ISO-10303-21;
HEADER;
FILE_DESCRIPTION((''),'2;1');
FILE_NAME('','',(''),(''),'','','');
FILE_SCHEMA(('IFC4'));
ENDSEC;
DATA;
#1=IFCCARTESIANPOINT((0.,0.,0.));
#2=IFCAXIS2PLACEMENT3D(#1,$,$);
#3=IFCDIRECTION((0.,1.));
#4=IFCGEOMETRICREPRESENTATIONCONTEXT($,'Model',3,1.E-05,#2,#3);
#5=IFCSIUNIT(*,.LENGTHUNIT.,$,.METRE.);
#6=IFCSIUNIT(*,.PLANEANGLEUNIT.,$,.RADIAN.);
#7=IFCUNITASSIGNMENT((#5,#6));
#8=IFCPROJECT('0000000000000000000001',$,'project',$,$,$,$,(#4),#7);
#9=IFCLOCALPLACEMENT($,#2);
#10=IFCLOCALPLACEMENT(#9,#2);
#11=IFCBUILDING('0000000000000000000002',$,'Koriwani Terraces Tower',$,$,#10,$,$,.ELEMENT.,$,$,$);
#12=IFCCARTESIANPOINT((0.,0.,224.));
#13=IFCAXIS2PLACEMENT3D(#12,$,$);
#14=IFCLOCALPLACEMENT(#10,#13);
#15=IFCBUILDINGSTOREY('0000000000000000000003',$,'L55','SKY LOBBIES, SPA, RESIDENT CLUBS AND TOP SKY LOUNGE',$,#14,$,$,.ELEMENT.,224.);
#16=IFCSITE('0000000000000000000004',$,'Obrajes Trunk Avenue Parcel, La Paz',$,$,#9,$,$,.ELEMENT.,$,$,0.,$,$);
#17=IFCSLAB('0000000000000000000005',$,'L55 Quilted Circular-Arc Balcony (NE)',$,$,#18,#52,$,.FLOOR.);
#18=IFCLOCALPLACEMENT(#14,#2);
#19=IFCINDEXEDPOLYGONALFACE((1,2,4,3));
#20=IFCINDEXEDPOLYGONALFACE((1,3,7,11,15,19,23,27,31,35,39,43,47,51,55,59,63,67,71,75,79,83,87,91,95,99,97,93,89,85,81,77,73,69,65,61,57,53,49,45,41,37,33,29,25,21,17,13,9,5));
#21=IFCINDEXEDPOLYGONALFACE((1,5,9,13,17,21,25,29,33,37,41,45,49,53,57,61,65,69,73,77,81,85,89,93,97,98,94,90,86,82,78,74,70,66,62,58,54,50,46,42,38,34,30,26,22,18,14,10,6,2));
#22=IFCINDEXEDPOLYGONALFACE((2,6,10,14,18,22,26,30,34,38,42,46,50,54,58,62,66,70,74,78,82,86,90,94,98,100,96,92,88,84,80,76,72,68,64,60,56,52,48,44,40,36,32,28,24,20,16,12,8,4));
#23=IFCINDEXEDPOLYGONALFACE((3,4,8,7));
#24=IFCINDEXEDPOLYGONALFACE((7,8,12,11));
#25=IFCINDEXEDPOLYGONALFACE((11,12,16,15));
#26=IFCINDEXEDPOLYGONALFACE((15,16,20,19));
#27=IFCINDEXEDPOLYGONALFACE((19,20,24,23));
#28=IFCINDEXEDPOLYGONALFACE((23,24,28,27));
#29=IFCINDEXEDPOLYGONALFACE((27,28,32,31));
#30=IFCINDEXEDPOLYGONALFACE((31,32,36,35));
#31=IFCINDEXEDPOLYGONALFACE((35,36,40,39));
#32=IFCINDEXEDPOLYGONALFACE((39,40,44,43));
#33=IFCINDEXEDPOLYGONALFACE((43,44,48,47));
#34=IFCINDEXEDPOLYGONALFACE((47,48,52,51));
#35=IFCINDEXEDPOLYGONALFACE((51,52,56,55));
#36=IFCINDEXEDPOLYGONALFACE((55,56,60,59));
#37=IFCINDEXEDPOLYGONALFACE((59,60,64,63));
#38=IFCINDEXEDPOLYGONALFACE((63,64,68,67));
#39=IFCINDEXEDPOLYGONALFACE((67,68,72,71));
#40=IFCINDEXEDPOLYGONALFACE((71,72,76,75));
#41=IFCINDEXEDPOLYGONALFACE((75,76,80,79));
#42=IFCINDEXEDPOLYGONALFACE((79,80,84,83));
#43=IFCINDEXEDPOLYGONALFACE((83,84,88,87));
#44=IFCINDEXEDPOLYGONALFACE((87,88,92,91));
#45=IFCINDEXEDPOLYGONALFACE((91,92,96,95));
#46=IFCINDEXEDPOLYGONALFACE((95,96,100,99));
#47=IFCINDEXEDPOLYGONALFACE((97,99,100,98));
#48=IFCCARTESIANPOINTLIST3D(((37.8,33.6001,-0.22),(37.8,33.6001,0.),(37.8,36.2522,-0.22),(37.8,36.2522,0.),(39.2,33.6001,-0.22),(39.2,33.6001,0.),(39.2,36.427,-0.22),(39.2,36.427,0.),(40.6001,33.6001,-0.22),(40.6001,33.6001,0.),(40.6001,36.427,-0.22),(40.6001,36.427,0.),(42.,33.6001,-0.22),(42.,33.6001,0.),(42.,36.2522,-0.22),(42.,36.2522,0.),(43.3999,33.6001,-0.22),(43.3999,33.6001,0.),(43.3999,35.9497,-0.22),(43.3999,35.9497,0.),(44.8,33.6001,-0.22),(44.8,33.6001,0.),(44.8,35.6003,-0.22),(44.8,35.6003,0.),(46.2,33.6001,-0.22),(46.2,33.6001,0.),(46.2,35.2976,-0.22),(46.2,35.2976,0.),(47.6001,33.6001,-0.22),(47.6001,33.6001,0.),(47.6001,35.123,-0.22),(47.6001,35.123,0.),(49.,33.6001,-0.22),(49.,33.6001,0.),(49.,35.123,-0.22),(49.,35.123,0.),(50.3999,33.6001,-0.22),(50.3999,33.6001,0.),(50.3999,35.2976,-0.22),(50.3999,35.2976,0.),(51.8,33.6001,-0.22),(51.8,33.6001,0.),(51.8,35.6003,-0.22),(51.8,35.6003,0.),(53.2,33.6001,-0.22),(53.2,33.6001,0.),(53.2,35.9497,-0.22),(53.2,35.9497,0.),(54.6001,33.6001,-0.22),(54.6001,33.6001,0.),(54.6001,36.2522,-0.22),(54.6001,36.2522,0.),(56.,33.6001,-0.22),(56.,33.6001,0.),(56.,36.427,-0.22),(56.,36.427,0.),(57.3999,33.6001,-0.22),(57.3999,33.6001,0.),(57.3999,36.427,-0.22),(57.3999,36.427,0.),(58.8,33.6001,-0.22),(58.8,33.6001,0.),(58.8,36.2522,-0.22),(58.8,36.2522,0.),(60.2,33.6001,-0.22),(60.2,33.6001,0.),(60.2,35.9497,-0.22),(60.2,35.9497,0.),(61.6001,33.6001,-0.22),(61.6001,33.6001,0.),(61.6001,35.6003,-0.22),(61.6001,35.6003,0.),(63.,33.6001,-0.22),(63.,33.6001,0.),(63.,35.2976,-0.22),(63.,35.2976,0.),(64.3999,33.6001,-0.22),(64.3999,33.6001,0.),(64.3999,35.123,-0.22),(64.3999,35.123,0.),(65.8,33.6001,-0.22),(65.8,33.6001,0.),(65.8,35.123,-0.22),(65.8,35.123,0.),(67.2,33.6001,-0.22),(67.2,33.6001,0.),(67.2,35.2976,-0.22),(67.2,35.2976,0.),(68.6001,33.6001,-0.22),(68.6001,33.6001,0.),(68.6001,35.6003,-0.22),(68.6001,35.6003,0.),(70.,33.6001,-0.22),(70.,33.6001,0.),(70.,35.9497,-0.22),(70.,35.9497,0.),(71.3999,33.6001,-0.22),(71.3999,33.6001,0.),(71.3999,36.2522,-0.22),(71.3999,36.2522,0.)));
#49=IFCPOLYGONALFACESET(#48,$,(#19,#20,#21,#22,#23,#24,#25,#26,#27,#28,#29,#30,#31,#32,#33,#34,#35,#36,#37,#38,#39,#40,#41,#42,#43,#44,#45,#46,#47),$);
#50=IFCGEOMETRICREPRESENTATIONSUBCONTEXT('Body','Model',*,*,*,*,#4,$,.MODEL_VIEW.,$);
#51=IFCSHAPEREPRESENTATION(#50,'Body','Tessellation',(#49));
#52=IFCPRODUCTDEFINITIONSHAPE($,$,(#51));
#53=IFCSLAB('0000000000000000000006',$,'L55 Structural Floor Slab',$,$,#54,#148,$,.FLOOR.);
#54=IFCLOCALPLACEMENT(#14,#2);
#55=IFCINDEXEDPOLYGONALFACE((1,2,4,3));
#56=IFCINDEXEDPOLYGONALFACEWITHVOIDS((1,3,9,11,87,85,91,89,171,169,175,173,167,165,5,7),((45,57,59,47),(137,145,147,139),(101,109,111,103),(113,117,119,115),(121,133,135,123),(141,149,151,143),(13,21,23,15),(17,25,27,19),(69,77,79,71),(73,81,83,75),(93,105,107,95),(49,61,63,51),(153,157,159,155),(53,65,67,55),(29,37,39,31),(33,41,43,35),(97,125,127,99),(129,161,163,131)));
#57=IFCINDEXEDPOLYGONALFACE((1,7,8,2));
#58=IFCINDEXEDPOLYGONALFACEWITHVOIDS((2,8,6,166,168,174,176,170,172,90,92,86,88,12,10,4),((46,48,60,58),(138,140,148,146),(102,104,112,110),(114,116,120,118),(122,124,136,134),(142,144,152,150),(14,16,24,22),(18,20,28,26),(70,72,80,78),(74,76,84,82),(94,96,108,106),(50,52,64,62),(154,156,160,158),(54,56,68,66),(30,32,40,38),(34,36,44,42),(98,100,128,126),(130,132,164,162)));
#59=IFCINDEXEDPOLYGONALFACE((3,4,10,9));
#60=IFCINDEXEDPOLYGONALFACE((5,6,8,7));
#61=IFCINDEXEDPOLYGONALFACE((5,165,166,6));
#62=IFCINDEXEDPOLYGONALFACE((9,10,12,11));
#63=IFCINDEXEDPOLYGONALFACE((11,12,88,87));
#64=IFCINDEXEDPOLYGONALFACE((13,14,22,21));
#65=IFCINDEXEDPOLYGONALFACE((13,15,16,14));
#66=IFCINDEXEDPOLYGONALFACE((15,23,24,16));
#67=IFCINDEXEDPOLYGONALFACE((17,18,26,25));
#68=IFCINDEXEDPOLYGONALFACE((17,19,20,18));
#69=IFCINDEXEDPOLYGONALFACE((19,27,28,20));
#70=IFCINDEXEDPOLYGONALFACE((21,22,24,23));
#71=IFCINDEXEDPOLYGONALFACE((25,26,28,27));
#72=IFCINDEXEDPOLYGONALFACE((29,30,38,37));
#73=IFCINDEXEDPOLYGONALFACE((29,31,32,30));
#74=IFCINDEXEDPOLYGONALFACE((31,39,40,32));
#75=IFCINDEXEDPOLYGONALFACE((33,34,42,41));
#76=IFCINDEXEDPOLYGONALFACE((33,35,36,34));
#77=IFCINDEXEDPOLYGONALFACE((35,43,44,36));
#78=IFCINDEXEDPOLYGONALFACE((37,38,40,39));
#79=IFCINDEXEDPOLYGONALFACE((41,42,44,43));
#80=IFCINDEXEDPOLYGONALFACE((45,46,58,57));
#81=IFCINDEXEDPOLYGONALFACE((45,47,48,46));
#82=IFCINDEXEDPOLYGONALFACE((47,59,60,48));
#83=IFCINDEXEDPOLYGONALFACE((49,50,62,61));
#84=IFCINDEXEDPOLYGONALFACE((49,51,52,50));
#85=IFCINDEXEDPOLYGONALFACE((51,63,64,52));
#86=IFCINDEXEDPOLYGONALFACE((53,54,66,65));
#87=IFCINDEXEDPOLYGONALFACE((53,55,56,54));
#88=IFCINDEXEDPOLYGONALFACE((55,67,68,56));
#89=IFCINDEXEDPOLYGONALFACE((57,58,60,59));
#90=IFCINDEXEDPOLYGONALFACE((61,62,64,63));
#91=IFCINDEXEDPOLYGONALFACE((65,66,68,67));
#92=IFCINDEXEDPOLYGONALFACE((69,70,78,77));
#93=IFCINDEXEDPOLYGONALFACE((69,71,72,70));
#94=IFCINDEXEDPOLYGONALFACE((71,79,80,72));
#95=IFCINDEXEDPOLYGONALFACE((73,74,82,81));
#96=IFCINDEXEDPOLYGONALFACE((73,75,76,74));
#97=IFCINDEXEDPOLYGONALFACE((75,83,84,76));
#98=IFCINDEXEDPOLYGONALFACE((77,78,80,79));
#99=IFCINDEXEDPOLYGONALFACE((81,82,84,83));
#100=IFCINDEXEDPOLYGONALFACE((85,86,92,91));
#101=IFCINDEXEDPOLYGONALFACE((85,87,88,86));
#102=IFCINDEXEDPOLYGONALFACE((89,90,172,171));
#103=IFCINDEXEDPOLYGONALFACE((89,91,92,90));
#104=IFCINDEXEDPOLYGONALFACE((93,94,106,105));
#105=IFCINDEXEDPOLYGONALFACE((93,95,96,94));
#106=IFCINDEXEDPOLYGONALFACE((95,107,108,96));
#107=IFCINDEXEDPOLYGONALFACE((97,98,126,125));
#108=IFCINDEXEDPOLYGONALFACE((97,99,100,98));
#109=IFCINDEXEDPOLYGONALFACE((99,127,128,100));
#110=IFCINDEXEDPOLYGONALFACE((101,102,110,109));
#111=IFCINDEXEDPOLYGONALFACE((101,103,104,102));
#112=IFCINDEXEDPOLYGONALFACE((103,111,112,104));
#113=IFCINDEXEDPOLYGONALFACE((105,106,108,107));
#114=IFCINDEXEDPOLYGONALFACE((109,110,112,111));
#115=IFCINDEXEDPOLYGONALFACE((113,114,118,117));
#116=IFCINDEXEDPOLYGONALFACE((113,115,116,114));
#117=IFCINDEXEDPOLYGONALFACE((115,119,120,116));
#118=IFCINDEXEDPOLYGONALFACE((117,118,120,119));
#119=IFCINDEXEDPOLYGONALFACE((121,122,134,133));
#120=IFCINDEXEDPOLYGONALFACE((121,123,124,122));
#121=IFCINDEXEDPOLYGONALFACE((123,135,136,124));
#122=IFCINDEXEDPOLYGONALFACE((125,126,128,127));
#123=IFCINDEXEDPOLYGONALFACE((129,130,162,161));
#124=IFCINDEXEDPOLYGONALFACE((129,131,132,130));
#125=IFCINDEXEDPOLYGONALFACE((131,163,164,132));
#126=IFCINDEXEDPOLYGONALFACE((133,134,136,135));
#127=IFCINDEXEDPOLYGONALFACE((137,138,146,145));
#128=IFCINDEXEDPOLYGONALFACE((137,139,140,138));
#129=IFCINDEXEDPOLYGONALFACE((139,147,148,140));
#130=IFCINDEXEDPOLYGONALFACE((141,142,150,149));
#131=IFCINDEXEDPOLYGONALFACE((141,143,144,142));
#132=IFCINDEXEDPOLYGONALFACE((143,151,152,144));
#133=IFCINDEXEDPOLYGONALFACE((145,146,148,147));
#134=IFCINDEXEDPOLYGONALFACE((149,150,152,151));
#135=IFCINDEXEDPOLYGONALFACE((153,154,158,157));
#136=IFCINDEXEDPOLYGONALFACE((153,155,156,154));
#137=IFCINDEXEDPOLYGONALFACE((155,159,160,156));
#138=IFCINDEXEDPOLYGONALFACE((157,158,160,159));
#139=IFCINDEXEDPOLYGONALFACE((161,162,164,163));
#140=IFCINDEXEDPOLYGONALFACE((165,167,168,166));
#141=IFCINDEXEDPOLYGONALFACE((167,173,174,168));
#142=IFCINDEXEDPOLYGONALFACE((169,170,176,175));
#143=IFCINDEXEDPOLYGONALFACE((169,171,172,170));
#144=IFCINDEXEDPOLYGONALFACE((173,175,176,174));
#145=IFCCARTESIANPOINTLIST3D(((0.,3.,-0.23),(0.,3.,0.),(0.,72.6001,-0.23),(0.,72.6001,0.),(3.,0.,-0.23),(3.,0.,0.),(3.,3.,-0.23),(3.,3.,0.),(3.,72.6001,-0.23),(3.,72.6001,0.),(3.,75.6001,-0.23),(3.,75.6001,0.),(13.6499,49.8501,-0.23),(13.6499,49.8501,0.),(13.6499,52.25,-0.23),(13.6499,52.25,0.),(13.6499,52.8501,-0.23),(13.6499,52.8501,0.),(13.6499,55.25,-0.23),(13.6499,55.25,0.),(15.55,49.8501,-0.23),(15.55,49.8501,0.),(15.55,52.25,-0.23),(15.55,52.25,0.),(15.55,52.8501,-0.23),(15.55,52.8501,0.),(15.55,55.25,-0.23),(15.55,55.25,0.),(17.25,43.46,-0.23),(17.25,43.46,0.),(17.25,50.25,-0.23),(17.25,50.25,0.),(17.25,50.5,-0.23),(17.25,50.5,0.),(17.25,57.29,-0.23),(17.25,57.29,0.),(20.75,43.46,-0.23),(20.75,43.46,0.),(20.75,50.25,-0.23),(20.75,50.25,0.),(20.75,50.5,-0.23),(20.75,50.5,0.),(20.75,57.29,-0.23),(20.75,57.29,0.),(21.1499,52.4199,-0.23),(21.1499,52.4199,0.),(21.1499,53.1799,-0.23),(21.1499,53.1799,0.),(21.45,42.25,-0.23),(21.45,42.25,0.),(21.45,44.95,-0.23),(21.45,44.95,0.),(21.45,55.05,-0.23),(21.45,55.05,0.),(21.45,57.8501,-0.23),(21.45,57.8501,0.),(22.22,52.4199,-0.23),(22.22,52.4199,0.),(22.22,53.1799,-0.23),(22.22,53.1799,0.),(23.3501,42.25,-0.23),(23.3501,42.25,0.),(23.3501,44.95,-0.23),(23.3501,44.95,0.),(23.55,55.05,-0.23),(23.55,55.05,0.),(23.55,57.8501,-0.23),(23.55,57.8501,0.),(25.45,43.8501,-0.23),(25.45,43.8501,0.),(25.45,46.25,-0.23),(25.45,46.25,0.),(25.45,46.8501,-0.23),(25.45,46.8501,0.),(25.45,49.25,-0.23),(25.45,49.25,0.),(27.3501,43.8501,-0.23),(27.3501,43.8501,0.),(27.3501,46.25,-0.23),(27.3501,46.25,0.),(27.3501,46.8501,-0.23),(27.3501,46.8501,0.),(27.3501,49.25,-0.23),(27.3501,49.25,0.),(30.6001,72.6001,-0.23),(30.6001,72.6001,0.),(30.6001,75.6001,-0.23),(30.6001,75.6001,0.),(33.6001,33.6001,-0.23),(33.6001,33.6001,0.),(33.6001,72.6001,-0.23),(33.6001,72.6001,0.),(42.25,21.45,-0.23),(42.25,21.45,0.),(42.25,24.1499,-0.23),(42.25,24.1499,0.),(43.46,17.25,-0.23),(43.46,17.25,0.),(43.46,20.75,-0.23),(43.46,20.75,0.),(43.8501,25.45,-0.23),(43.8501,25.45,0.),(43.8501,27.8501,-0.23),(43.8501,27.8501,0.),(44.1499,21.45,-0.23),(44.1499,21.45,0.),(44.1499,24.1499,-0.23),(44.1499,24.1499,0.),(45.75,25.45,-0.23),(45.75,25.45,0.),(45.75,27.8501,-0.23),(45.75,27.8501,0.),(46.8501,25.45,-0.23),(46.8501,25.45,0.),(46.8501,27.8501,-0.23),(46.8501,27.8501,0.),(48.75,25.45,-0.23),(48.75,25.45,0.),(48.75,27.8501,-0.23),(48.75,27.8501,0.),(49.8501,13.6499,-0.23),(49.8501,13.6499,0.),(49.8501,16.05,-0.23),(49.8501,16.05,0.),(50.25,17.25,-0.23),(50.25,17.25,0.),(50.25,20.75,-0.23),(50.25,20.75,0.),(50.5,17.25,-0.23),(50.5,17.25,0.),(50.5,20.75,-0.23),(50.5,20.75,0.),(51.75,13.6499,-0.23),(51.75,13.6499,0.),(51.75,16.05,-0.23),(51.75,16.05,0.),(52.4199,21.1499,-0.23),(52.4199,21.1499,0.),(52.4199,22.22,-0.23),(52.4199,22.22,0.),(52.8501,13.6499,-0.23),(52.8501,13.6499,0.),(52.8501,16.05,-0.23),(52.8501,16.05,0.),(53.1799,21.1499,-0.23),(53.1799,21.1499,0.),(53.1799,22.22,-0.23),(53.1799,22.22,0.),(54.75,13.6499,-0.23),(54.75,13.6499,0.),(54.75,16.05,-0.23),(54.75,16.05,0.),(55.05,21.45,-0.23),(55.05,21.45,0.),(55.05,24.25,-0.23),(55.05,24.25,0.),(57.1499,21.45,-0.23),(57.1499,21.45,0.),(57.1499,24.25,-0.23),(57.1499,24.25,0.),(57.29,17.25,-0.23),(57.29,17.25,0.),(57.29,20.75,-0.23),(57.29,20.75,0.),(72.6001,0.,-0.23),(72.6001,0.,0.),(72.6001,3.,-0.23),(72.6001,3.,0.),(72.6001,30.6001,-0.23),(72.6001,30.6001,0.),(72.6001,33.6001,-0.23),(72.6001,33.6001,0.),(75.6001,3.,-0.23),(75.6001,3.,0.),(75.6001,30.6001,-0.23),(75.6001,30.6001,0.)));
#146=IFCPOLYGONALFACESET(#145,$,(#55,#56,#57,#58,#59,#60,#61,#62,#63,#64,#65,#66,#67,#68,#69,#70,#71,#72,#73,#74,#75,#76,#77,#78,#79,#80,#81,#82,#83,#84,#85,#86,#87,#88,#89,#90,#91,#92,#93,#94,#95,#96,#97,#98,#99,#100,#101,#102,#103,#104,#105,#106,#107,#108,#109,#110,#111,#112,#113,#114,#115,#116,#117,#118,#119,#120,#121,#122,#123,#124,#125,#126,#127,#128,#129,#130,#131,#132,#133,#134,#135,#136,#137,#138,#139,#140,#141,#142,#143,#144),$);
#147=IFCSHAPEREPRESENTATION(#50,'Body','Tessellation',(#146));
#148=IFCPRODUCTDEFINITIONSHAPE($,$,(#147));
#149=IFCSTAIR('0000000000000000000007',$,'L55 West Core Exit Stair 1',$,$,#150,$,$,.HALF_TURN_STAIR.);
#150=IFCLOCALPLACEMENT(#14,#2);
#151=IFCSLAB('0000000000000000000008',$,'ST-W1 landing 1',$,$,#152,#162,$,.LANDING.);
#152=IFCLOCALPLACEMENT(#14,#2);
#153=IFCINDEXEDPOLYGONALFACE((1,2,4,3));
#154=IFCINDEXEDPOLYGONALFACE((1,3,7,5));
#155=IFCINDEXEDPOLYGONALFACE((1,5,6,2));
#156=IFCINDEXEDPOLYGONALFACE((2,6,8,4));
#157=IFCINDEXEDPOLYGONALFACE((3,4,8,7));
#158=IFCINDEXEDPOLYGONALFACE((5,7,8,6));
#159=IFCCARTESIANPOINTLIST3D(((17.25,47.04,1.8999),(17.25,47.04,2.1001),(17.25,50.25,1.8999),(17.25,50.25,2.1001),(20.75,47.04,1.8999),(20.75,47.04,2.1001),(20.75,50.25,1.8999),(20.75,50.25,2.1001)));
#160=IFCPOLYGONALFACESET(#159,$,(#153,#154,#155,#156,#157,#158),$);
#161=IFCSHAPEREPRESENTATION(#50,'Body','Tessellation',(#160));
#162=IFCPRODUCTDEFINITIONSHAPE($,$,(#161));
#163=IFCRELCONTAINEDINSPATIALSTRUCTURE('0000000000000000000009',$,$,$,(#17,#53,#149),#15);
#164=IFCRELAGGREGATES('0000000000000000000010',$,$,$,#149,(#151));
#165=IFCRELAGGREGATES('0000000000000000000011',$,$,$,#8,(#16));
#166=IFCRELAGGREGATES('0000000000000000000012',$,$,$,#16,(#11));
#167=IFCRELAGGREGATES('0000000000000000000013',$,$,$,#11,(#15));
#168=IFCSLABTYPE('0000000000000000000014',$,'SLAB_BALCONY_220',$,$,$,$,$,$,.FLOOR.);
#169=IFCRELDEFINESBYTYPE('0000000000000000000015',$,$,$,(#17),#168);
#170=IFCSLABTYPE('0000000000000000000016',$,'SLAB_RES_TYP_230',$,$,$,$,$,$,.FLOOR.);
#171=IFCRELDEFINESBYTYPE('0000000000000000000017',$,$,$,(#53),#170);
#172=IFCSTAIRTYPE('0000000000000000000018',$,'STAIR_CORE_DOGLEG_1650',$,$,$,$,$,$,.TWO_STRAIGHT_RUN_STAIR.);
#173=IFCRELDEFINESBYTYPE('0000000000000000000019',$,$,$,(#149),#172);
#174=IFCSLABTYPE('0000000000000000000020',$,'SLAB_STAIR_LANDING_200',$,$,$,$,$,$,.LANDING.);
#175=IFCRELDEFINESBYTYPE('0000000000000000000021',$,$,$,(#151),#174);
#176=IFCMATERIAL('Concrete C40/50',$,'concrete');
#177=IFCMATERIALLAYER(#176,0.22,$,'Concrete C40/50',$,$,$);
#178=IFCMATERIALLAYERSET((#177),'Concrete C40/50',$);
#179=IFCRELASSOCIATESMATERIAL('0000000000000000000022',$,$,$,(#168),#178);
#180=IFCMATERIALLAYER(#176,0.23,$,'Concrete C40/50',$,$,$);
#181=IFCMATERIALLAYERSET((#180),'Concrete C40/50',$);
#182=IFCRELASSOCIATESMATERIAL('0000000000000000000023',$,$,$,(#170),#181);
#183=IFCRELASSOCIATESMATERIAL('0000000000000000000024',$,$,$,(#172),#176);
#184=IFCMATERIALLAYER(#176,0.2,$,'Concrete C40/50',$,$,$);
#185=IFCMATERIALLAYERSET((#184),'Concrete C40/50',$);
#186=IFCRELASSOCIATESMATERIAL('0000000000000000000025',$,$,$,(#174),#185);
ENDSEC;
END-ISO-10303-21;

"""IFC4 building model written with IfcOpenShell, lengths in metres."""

from ifc_helpers import new_model, si_unit, direction, frame, origin, place, context, subcontext, project, spatial, polyline, outline, extrude, material, layer, layer_set, type_object, element, aggregate, save


model = new_model("IFC4")

# Units and contexts
model_context = context("Model", 3, precision=1e-05, world=origin(), true_north=direction((0.0, 1.0)))
body_context = subcontext(model_context, "Body", "Model", "MODEL_VIEW")
ifc_project = project(units=[si_unit("LENGTHUNIT", "METRE"), si_unit("PLANEANGLEUNIT", "RADIAN")], contexts=[model_context])

# Site, building, storey
site_placement = place(None, origin())
site = spatial("IfcSite", under=ifc_project, at=site_placement, Name="Obrajes Trunk Avenue Parcel, La Paz", CompositionType="ELEMENT", RefElevation=0.0)
building_placement = place(site_placement, origin())
building = spatial("IfcBuilding", under=site, at=building_placement, Name="Koriwani Terraces Tower", CompositionType="ELEMENT")
storey_placement = place(building_placement, frame((0.0, 0.0, 224.0)))
storey = spatial("IfcBuildingStorey", under=building, at=storey_placement, Name="L55", Description="SKY LOBBIES, SPA, RESIDENT CLUBS AND TOP SKY LOUNGE", CompositionType="ELEMENT", Elevation=224.0)

# Shared definitions
ifc_material_1 = material(Name="Concrete C40/50", Category="concrete")

# Slabs
ifc_layer_1 = layer(ifc_material_1, 0.22, Name="Concrete C40/50")
ifc_layer_set_1 = layer_set([ifc_layer_1], Name="Concrete C40/50")
slab_type_1 = type_object("IfcSlabType", Name="SLAB_BALCONY_220", PredefinedType="FLOOR", material=ifc_layer_set_1)
slab_1_placement = place(storey_placement, frame((0.0, 0.0, -0.22)))
element("IfcSlab", 1, at=slab_1_placement, inside=storey, type_object=slab_type_1, Name="L55 Quilted Circular-Arc Balcony (NE)", PredefinedType="FLOOR", context=body_context, shape_type="SweptSolid", body=[
    extrude(outline(polyline([(71.3999, 33.6001), (70.0, 33.6001), (68.6001, 33.6001), (67.2, 33.6001), (65.8, 33.6001), (64.3999, 33.6001), (63.0, 33.6001), (61.6001, 33.6001), (60.2, 33.6001), (58.8, 33.6001), (57.3999, 33.6001), (56.0, 33.6001), (54.6001, 33.6001), (53.2, 33.6001), (51.8, 33.6001), (50.3999, 33.6001), (49.0, 33.6001), (47.6001, 33.6001), (46.2, 33.6001), (44.8, 33.6001), (43.3999, 33.6001), (42.0, 33.6001), (40.6001, 33.6001), (39.2, 33.6001), (37.8, 33.6001), (37.8, 36.2522), (39.2, 36.427), (40.6001, 36.427), (42.0, 36.2522), (43.3999, 35.9497), (44.8, 35.6003), (46.2, 35.2976), (47.6001, 35.123), (49.0, 35.123), (50.3999, 35.2976), (51.8, 35.6003), (53.2, 35.9497), (54.6001, 36.2522), (56.0, 36.427), (57.3999, 36.427), (58.8, 36.2522), (60.2, 35.9497), (61.6001, 35.6003), (63.0, 35.2976), (64.3999, 35.123), (65.8, 35.123), (67.2, 35.2976), (68.6001, 35.6003), (70.0, 35.9497), (71.3999, 36.2522), (71.3999, 33.6001)])), origin(), (0.0, 0.0, 1.0), 0.22),
])
ifc_layer_2 = layer(ifc_material_1, 0.23, Name="Concrete C40/50")
ifc_layer_set_2 = layer_set([ifc_layer_2], Name="Concrete C40/50")
slab_type_2 = type_object("IfcSlabType", Name="SLAB_RES_TYP_230", PredefinedType="FLOOR", material=ifc_layer_set_2)
slab_2_placement = place(storey_placement, frame((0.0, 0.0, -0.23)))
element("IfcSlab", 2, at=slab_2_placement, inside=storey, type_object=slab_type_2, Name="L55 Structural Floor Slab", PredefinedType="FLOOR", context=body_context, shape_type="SweptSolid", body=[
    extrude(outline(polyline([(3.0, 0.0), (72.6001, 0.0), (72.6001, 3.0), (75.6001, 3.0), (75.6001, 30.6001), (72.6001, 30.6001), (72.6001, 33.6001), (33.6001, 33.6001), (33.6001, 72.6001), (30.6001, 72.6001), (30.6001, 75.6001), (3.0, 75.6001), (3.0, 72.6001), (0.0, 72.6001), (0.0, 3.0), (3.0, 3.0), (3.0, 0.0)]), holes=[polyline([(17.25, 43.46), (20.75, 43.46), (20.75, 50.25), (17.25, 50.25), (17.25, 43.46)]), polyline([(17.25, 50.5), (20.75, 50.5), (20.75, 57.29), (17.25, 57.29), (17.25, 50.5)]), polyline([(43.46, 17.25), (50.25, 17.25), (50.25, 20.75), (43.46, 20.75), (43.46, 17.25)]), polyline([(50.5, 17.25), (57.29, 17.25), (57.29, 20.75), (50.5, 20.75), (50.5, 17.25)]), polyline([(13.6499, 49.8501), (15.55, 49.8501), (15.55, 52.25), (13.6499, 52.25), (13.6499, 49.8501)]), polyline([(13.6499, 52.8501), (15.55, 52.8501), (15.55, 55.25), (13.6499, 55.25), (13.6499, 52.8501)]), polyline([(49.8501, 13.6499), (51.75, 13.6499), (51.75, 16.05), (49.8501, 16.05), (49.8501, 13.6499)]), polyline([(52.8501, 13.6499), (54.75, 13.6499), (54.75, 16.05), (52.8501, 16.05), (52.8501, 13.6499)]), polyline([(25.45, 43.8501), (27.3501, 43.8501), (27.3501, 46.25), (25.45, 46.25), (25.45, 43.8501)]), polyline([(25.45, 46.8501), (27.3501, 46.8501), (27.3501, 49.25), (25.45, 49.25), (25.45, 46.8501)]), polyline([(43.8501, 25.45), (45.75, 25.45), (45.75, 27.8501), (43.8501, 27.8501), (43.8501, 25.45)]), polyline([(46.8501, 25.45), (48.75, 25.45), (48.75, 27.8501), (46.8501, 27.8501), (46.8501, 25.45)]), polyline([(21.45, 55.05), (23.55, 55.05), (23.55, 57.8501), (21.45, 57.8501), (21.45, 55.05)]), polyline([(55.05, 21.45), (57.1499, 21.45), (57.1499, 24.25), (55.05, 24.25), (55.05, 21.45)]), polyline([(21.45, 42.25), (23.3501, 42.25), (23.3501, 44.95), (21.45, 44.95), (21.45, 42.25)]), polyline([(42.25, 21.45), (44.1499, 21.45), (44.1499, 24.1499), (42.25, 24.1499), (42.25, 21.45)]), polyline([(21.1499, 52.4199), (22.22, 52.4199), (22.22, 53.1799), (21.1499, 53.1799), (21.1499, 52.4199)]), polyline([(52.4199, 21.1499), (53.1799, 21.1499), (53.1799, 22.22), (52.4199, 22.22), (52.4199, 21.1499)])]), origin(), (0.0, 0.0, 1.0), 0.23),
])

# Stair, slab
stair_type = type_object("IfcStairType", Name="STAIR_CORE_DOGLEG_1650", PredefinedType="TWO_STRAIGHT_RUN_STAIR", material=ifc_material_1)
stair_1_placement = place(storey_placement, origin())
stair_1 = element("IfcStair", 3, at=stair_1_placement, inside=storey, type_object=stair_type, Name="L55 West Core Exit Stair 1", PredefinedType="HALF_TURN_STAIR")
ifc_layer_3 = layer(ifc_material_1, 0.2, Name="Concrete C40/50")
ifc_layer_set_3 = layer_set([ifc_layer_3], Name="Concrete C40/50")
slab_type_3 = type_object("IfcSlabType", Name="SLAB_STAIR_LANDING_200", PredefinedType="LANDING", material=ifc_layer_set_3)
slab_3_placement = place(storey_placement, frame((0.0, 0.0, 1.8999)))
slab_3 = element("IfcSlab", 4, at=slab_3_placement, type_object=slab_type_3, Name="ST-W1 landing 1", PredefinedType="LANDING", context=body_context, shape_type="SweptSolid", body=[
    extrude(outline(polyline([(20.75, 47.04), (20.75, 50.25), (17.25, 50.25), (17.25, 47.04), (20.75, 47.04)])), origin(), (0.0, 0.0, 1.0), 0.2002),
])
aggregate(stair_1, [slab_3])

save(model, "model.ifc")
